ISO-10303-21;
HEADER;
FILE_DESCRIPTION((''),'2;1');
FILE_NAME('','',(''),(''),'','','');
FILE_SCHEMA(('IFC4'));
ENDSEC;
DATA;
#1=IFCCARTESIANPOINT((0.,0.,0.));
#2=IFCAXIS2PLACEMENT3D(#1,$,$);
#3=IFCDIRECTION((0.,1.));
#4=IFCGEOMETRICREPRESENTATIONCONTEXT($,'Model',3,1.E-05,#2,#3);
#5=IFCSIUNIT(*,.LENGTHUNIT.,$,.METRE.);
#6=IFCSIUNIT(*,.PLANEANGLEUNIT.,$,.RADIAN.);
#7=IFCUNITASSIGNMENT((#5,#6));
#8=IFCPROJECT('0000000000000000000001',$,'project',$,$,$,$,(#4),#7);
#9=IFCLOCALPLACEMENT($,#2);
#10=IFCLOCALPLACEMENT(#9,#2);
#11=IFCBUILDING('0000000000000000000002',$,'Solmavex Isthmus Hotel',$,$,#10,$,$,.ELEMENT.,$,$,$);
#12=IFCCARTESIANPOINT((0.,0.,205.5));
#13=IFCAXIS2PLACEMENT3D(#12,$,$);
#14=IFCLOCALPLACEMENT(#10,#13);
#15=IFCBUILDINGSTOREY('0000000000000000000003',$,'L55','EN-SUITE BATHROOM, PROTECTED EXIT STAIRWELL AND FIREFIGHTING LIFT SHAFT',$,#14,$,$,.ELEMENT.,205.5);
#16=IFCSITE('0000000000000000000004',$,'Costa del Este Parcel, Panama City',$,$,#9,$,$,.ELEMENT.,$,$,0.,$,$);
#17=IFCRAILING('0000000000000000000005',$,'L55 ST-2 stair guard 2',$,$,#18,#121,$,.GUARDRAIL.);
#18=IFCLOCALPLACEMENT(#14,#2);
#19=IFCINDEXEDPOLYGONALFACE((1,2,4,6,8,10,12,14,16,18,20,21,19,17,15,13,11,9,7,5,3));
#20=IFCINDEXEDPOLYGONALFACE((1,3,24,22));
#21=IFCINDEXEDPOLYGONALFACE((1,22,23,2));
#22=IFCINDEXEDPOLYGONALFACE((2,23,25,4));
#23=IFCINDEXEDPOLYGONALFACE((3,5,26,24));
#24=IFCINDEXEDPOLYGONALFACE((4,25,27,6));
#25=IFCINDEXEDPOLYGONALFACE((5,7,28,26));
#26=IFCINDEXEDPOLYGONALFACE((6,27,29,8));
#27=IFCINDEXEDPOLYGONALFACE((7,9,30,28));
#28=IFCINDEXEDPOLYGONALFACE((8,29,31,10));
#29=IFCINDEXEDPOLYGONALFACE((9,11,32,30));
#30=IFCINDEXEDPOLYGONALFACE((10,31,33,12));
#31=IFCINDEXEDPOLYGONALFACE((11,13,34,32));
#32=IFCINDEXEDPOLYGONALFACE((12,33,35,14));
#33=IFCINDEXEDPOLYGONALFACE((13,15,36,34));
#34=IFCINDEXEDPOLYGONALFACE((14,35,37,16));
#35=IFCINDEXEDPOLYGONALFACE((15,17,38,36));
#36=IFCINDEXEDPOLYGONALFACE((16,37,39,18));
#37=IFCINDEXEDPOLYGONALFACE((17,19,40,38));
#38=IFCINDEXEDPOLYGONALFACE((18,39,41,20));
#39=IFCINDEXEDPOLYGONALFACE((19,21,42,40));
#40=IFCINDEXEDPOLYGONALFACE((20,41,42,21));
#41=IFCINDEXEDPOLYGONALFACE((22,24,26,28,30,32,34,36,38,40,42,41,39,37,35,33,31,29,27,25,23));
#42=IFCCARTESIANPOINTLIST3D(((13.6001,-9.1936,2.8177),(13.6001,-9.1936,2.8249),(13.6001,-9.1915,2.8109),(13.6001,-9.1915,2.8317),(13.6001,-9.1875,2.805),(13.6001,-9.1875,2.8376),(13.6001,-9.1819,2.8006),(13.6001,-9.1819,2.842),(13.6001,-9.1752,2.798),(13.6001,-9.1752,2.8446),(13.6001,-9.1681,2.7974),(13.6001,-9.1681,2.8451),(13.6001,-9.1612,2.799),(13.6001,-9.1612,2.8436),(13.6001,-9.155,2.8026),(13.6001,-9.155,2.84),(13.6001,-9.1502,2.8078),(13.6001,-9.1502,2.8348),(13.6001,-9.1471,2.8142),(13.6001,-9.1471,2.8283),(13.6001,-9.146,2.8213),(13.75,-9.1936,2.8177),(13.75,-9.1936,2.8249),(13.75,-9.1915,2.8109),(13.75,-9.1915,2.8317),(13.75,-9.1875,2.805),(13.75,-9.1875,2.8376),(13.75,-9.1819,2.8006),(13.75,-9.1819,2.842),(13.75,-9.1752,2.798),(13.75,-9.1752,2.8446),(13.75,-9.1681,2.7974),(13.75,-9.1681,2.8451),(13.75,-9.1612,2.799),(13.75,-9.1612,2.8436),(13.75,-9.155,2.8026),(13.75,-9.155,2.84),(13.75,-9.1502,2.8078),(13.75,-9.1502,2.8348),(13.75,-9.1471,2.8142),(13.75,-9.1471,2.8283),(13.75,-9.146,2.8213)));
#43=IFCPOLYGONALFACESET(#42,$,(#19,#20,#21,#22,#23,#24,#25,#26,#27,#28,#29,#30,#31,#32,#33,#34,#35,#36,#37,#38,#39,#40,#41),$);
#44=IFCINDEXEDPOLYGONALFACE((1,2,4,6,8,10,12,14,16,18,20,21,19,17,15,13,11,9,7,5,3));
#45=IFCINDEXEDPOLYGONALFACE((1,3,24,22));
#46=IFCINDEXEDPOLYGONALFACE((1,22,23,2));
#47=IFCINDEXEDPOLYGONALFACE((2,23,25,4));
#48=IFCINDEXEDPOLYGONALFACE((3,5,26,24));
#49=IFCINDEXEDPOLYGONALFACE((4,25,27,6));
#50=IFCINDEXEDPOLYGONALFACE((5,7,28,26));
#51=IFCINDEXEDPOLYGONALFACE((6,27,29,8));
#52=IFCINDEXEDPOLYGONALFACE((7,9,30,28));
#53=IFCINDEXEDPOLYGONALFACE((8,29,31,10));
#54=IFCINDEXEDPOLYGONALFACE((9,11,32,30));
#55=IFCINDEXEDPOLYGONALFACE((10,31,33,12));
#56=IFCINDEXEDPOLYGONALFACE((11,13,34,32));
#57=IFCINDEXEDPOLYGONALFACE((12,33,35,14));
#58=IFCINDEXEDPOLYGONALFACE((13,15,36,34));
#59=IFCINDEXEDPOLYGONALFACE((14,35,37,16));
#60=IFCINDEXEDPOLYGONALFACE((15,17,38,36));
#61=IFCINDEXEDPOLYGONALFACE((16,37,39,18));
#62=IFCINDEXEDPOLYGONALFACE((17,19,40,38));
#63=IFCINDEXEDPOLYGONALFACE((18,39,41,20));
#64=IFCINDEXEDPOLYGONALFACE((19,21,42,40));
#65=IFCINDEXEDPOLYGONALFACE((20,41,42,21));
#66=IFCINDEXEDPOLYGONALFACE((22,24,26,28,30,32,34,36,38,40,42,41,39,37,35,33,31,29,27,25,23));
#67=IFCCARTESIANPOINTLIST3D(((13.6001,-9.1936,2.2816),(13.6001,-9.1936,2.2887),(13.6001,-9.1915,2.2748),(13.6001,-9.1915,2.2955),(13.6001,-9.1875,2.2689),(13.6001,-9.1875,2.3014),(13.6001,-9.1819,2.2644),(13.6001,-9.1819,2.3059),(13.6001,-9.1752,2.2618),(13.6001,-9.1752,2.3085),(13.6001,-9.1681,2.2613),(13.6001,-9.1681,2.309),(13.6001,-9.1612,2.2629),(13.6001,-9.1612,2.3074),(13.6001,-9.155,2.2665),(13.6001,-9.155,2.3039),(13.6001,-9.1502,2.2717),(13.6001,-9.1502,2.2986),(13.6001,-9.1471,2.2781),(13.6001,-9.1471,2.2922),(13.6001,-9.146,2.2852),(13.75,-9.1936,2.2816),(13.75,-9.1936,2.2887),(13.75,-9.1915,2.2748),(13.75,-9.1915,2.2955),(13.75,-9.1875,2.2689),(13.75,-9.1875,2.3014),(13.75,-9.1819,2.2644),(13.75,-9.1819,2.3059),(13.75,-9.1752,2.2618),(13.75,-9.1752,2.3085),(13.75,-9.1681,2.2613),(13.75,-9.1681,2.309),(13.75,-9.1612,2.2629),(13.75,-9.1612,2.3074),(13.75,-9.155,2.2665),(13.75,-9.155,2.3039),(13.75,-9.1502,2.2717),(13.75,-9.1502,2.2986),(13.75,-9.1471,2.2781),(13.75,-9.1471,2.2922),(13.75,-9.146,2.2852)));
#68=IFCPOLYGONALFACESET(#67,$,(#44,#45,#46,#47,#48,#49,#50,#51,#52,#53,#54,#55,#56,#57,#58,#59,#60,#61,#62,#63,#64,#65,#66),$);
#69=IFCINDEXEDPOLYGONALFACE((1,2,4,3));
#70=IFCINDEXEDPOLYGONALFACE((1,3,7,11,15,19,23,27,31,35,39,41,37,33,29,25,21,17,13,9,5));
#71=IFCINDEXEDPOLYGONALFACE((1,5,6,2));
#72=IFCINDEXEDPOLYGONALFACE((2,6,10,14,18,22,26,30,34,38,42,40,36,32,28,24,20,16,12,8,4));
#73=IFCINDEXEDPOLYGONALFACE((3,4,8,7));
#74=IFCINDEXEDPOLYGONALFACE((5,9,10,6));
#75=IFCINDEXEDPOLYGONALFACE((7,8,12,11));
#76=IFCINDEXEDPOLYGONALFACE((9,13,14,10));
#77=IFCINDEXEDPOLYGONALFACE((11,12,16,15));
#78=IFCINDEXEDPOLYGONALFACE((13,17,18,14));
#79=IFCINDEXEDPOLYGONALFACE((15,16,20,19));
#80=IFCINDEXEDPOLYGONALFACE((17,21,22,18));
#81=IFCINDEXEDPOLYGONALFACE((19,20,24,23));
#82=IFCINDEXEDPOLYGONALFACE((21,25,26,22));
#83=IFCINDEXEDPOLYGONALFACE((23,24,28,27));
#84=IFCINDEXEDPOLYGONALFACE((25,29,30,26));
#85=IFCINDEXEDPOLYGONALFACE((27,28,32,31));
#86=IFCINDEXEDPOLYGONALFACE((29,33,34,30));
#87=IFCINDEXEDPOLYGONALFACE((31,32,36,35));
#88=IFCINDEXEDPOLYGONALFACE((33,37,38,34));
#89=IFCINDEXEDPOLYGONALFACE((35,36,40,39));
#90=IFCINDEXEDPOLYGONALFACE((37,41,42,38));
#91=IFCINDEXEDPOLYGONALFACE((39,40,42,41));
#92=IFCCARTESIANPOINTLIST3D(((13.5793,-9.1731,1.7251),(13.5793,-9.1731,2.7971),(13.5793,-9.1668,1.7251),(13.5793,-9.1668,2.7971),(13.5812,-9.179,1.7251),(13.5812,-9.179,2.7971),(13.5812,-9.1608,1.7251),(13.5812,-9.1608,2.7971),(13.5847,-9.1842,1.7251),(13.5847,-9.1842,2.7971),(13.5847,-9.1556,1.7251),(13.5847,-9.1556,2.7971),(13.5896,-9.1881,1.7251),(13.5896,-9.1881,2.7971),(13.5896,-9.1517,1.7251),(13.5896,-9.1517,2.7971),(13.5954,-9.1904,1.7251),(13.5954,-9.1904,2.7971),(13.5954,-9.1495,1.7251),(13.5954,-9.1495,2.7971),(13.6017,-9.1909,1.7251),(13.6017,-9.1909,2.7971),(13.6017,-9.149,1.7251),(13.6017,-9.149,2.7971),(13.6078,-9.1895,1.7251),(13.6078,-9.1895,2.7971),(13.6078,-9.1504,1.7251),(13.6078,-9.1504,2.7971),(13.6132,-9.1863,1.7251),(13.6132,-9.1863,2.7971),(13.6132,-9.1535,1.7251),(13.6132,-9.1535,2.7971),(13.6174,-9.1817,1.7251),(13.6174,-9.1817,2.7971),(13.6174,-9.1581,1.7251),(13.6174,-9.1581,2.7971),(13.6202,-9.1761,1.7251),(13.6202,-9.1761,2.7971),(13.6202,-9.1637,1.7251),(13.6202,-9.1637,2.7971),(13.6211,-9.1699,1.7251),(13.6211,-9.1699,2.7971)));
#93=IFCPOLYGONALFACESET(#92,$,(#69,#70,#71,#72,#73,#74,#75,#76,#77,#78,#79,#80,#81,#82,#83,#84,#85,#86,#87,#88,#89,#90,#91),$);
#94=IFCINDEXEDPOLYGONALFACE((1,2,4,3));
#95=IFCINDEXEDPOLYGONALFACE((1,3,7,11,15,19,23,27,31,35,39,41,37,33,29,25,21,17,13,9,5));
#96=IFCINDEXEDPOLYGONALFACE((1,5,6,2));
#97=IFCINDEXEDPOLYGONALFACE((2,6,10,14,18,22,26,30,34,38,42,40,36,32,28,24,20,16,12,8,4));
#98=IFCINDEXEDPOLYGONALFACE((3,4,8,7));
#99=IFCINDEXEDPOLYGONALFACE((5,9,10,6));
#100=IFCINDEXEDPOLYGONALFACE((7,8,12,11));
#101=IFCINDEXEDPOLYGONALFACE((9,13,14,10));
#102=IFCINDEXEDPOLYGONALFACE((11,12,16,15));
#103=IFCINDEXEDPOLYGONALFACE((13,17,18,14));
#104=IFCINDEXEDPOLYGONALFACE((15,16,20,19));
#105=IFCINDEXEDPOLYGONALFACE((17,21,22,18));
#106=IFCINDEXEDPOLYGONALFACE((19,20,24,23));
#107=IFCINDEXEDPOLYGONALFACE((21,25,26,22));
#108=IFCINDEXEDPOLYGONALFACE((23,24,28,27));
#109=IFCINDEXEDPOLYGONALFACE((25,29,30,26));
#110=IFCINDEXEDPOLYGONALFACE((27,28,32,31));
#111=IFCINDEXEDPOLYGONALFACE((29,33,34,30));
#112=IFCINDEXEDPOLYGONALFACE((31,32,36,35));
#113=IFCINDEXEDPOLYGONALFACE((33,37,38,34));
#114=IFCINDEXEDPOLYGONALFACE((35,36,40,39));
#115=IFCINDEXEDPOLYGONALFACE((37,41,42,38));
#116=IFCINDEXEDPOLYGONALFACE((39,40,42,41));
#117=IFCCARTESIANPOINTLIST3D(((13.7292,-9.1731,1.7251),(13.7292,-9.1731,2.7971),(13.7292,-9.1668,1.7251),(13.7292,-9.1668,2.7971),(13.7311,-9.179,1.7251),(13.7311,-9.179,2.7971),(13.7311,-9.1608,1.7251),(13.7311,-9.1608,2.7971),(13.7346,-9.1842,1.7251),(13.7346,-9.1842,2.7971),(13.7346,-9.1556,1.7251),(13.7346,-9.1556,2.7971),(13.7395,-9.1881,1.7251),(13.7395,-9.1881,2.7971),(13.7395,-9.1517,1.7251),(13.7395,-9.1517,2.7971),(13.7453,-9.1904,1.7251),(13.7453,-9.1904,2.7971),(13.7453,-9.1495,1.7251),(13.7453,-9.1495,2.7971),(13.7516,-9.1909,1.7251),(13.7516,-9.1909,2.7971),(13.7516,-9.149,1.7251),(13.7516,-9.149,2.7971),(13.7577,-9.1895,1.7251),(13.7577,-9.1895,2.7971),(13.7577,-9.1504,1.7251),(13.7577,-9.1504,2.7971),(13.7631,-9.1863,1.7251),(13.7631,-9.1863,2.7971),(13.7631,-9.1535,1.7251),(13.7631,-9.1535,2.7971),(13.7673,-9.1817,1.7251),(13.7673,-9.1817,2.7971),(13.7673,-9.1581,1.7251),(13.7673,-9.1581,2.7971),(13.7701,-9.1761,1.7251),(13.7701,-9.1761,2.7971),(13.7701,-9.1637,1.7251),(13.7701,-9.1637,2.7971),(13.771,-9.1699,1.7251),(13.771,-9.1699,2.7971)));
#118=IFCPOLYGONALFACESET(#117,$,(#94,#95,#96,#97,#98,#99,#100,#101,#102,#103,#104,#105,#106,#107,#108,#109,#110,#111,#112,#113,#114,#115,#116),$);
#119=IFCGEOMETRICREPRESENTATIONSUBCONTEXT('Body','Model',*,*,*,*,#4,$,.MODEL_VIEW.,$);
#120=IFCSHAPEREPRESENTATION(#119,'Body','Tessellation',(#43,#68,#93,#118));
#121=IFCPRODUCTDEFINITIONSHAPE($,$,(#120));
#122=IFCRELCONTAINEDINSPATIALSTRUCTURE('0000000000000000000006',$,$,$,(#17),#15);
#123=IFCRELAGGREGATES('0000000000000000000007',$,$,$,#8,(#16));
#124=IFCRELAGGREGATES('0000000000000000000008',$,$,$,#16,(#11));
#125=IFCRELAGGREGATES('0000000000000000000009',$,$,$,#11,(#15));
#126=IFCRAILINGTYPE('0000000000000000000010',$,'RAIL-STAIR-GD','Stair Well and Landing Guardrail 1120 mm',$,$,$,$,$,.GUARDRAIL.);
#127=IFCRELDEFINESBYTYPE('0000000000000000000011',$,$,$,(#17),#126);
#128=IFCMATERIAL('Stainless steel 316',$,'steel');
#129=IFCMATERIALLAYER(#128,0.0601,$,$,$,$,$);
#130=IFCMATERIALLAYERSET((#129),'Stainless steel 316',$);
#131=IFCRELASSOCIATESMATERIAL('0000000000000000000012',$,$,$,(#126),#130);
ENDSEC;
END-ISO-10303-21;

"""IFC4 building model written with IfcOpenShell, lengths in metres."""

from ifc_helpers import new_model, si_unit, direction, frame, origin, origin_2d, place, context, subcontext, project, spatial, circle, extrude, material, layer, layer_set, type_object, element, save


model = new_model("IFC4")

# Units and contexts
model_context = context("Model", 3, precision=1e-05, world=origin(), true_north=direction((0.0, 1.0)))
body_context = subcontext(model_context, "Body", "Model", "MODEL_VIEW")
ifc_project = project(units=[si_unit("LENGTHUNIT", "METRE"), si_unit("PLANEANGLEUNIT", "RADIAN")], contexts=[model_context])

# Site, building, storey
site_placement = place(None, origin())
site = spatial("IfcSite", under=ifc_project, at=site_placement, Name="Costa del Este Parcel, Panama City", CompositionType="ELEMENT", RefElevation=0.0)
building_placement = place(site_placement, origin())
building = spatial("IfcBuilding", under=site, at=building_placement, Name="Solmavex Isthmus Hotel", CompositionType="ELEMENT")
storey_placement = place(building_placement, frame((0.0, 0.0, 205.5)))
storey = spatial("IfcBuildingStorey", under=building, at=storey_placement, Name="L55", Description="EN-SUITE BATHROOM, PROTECTED EXIT STAIRWELL AND FIREFIGHTING LIFT SHAFT", CompositionType="ELEMENT", Elevation=205.5)

# Railing
ifc_material_1 = material(Name="Stainless steel 316", Category="steel")
ifc_layer_1 = layer(ifc_material_1, 0.0601)
ifc_layer_set_1 = layer_set([ifc_layer_1], Name="Stainless steel 316")
railing_type_1 = type_object("IfcRailingType", Name="RAIL-STAIR-GD", Description="Stair Well and Landing Guardrail 1120 mm", PredefinedType="GUARDRAIL", material=ifc_layer_set_1)
railing_1_placement = place(storey_placement, frame((13.6001, -9.1699, 1.7251)))
element("IfcRailing", 1, at=railing_1_placement, inside=storey, type_object=railing_type_1, Name="L55 ST-2 stair guard 2", PredefinedType="GUARDRAIL", context=body_context, shape_type="SweptSolid", body=[
    extrude(circle(Radius=0.0239, at=origin_2d()), frame((0.0, 0.0, 1.0962), z_axis=(1.0, 0.0, 0.0), x_axis=(0.0, 1.0, 0.0)), (0.0, 0.0, 1.0), 0.1499),
    extrude(circle(Radius=0.0239, at=origin_2d()), frame((0.0, 0.0, 0.5601), z_axis=(1.0, 0.0, 0.0), x_axis=(0.0, 1.0, 0.0)), (0.0, 0.0, 1.0), 0.1499),
    extrude(circle(Radius=0.021, at=origin_2d()), origin(), (0.0, 0.0, 1.0), 1.072),
    extrude(circle(Radius=0.021, at=origin_2d()), frame((0.1499, 0.0, 0.0)), (0.0, 0.0, 1.0), 1.072),
])

save(model, "model.ifc")
